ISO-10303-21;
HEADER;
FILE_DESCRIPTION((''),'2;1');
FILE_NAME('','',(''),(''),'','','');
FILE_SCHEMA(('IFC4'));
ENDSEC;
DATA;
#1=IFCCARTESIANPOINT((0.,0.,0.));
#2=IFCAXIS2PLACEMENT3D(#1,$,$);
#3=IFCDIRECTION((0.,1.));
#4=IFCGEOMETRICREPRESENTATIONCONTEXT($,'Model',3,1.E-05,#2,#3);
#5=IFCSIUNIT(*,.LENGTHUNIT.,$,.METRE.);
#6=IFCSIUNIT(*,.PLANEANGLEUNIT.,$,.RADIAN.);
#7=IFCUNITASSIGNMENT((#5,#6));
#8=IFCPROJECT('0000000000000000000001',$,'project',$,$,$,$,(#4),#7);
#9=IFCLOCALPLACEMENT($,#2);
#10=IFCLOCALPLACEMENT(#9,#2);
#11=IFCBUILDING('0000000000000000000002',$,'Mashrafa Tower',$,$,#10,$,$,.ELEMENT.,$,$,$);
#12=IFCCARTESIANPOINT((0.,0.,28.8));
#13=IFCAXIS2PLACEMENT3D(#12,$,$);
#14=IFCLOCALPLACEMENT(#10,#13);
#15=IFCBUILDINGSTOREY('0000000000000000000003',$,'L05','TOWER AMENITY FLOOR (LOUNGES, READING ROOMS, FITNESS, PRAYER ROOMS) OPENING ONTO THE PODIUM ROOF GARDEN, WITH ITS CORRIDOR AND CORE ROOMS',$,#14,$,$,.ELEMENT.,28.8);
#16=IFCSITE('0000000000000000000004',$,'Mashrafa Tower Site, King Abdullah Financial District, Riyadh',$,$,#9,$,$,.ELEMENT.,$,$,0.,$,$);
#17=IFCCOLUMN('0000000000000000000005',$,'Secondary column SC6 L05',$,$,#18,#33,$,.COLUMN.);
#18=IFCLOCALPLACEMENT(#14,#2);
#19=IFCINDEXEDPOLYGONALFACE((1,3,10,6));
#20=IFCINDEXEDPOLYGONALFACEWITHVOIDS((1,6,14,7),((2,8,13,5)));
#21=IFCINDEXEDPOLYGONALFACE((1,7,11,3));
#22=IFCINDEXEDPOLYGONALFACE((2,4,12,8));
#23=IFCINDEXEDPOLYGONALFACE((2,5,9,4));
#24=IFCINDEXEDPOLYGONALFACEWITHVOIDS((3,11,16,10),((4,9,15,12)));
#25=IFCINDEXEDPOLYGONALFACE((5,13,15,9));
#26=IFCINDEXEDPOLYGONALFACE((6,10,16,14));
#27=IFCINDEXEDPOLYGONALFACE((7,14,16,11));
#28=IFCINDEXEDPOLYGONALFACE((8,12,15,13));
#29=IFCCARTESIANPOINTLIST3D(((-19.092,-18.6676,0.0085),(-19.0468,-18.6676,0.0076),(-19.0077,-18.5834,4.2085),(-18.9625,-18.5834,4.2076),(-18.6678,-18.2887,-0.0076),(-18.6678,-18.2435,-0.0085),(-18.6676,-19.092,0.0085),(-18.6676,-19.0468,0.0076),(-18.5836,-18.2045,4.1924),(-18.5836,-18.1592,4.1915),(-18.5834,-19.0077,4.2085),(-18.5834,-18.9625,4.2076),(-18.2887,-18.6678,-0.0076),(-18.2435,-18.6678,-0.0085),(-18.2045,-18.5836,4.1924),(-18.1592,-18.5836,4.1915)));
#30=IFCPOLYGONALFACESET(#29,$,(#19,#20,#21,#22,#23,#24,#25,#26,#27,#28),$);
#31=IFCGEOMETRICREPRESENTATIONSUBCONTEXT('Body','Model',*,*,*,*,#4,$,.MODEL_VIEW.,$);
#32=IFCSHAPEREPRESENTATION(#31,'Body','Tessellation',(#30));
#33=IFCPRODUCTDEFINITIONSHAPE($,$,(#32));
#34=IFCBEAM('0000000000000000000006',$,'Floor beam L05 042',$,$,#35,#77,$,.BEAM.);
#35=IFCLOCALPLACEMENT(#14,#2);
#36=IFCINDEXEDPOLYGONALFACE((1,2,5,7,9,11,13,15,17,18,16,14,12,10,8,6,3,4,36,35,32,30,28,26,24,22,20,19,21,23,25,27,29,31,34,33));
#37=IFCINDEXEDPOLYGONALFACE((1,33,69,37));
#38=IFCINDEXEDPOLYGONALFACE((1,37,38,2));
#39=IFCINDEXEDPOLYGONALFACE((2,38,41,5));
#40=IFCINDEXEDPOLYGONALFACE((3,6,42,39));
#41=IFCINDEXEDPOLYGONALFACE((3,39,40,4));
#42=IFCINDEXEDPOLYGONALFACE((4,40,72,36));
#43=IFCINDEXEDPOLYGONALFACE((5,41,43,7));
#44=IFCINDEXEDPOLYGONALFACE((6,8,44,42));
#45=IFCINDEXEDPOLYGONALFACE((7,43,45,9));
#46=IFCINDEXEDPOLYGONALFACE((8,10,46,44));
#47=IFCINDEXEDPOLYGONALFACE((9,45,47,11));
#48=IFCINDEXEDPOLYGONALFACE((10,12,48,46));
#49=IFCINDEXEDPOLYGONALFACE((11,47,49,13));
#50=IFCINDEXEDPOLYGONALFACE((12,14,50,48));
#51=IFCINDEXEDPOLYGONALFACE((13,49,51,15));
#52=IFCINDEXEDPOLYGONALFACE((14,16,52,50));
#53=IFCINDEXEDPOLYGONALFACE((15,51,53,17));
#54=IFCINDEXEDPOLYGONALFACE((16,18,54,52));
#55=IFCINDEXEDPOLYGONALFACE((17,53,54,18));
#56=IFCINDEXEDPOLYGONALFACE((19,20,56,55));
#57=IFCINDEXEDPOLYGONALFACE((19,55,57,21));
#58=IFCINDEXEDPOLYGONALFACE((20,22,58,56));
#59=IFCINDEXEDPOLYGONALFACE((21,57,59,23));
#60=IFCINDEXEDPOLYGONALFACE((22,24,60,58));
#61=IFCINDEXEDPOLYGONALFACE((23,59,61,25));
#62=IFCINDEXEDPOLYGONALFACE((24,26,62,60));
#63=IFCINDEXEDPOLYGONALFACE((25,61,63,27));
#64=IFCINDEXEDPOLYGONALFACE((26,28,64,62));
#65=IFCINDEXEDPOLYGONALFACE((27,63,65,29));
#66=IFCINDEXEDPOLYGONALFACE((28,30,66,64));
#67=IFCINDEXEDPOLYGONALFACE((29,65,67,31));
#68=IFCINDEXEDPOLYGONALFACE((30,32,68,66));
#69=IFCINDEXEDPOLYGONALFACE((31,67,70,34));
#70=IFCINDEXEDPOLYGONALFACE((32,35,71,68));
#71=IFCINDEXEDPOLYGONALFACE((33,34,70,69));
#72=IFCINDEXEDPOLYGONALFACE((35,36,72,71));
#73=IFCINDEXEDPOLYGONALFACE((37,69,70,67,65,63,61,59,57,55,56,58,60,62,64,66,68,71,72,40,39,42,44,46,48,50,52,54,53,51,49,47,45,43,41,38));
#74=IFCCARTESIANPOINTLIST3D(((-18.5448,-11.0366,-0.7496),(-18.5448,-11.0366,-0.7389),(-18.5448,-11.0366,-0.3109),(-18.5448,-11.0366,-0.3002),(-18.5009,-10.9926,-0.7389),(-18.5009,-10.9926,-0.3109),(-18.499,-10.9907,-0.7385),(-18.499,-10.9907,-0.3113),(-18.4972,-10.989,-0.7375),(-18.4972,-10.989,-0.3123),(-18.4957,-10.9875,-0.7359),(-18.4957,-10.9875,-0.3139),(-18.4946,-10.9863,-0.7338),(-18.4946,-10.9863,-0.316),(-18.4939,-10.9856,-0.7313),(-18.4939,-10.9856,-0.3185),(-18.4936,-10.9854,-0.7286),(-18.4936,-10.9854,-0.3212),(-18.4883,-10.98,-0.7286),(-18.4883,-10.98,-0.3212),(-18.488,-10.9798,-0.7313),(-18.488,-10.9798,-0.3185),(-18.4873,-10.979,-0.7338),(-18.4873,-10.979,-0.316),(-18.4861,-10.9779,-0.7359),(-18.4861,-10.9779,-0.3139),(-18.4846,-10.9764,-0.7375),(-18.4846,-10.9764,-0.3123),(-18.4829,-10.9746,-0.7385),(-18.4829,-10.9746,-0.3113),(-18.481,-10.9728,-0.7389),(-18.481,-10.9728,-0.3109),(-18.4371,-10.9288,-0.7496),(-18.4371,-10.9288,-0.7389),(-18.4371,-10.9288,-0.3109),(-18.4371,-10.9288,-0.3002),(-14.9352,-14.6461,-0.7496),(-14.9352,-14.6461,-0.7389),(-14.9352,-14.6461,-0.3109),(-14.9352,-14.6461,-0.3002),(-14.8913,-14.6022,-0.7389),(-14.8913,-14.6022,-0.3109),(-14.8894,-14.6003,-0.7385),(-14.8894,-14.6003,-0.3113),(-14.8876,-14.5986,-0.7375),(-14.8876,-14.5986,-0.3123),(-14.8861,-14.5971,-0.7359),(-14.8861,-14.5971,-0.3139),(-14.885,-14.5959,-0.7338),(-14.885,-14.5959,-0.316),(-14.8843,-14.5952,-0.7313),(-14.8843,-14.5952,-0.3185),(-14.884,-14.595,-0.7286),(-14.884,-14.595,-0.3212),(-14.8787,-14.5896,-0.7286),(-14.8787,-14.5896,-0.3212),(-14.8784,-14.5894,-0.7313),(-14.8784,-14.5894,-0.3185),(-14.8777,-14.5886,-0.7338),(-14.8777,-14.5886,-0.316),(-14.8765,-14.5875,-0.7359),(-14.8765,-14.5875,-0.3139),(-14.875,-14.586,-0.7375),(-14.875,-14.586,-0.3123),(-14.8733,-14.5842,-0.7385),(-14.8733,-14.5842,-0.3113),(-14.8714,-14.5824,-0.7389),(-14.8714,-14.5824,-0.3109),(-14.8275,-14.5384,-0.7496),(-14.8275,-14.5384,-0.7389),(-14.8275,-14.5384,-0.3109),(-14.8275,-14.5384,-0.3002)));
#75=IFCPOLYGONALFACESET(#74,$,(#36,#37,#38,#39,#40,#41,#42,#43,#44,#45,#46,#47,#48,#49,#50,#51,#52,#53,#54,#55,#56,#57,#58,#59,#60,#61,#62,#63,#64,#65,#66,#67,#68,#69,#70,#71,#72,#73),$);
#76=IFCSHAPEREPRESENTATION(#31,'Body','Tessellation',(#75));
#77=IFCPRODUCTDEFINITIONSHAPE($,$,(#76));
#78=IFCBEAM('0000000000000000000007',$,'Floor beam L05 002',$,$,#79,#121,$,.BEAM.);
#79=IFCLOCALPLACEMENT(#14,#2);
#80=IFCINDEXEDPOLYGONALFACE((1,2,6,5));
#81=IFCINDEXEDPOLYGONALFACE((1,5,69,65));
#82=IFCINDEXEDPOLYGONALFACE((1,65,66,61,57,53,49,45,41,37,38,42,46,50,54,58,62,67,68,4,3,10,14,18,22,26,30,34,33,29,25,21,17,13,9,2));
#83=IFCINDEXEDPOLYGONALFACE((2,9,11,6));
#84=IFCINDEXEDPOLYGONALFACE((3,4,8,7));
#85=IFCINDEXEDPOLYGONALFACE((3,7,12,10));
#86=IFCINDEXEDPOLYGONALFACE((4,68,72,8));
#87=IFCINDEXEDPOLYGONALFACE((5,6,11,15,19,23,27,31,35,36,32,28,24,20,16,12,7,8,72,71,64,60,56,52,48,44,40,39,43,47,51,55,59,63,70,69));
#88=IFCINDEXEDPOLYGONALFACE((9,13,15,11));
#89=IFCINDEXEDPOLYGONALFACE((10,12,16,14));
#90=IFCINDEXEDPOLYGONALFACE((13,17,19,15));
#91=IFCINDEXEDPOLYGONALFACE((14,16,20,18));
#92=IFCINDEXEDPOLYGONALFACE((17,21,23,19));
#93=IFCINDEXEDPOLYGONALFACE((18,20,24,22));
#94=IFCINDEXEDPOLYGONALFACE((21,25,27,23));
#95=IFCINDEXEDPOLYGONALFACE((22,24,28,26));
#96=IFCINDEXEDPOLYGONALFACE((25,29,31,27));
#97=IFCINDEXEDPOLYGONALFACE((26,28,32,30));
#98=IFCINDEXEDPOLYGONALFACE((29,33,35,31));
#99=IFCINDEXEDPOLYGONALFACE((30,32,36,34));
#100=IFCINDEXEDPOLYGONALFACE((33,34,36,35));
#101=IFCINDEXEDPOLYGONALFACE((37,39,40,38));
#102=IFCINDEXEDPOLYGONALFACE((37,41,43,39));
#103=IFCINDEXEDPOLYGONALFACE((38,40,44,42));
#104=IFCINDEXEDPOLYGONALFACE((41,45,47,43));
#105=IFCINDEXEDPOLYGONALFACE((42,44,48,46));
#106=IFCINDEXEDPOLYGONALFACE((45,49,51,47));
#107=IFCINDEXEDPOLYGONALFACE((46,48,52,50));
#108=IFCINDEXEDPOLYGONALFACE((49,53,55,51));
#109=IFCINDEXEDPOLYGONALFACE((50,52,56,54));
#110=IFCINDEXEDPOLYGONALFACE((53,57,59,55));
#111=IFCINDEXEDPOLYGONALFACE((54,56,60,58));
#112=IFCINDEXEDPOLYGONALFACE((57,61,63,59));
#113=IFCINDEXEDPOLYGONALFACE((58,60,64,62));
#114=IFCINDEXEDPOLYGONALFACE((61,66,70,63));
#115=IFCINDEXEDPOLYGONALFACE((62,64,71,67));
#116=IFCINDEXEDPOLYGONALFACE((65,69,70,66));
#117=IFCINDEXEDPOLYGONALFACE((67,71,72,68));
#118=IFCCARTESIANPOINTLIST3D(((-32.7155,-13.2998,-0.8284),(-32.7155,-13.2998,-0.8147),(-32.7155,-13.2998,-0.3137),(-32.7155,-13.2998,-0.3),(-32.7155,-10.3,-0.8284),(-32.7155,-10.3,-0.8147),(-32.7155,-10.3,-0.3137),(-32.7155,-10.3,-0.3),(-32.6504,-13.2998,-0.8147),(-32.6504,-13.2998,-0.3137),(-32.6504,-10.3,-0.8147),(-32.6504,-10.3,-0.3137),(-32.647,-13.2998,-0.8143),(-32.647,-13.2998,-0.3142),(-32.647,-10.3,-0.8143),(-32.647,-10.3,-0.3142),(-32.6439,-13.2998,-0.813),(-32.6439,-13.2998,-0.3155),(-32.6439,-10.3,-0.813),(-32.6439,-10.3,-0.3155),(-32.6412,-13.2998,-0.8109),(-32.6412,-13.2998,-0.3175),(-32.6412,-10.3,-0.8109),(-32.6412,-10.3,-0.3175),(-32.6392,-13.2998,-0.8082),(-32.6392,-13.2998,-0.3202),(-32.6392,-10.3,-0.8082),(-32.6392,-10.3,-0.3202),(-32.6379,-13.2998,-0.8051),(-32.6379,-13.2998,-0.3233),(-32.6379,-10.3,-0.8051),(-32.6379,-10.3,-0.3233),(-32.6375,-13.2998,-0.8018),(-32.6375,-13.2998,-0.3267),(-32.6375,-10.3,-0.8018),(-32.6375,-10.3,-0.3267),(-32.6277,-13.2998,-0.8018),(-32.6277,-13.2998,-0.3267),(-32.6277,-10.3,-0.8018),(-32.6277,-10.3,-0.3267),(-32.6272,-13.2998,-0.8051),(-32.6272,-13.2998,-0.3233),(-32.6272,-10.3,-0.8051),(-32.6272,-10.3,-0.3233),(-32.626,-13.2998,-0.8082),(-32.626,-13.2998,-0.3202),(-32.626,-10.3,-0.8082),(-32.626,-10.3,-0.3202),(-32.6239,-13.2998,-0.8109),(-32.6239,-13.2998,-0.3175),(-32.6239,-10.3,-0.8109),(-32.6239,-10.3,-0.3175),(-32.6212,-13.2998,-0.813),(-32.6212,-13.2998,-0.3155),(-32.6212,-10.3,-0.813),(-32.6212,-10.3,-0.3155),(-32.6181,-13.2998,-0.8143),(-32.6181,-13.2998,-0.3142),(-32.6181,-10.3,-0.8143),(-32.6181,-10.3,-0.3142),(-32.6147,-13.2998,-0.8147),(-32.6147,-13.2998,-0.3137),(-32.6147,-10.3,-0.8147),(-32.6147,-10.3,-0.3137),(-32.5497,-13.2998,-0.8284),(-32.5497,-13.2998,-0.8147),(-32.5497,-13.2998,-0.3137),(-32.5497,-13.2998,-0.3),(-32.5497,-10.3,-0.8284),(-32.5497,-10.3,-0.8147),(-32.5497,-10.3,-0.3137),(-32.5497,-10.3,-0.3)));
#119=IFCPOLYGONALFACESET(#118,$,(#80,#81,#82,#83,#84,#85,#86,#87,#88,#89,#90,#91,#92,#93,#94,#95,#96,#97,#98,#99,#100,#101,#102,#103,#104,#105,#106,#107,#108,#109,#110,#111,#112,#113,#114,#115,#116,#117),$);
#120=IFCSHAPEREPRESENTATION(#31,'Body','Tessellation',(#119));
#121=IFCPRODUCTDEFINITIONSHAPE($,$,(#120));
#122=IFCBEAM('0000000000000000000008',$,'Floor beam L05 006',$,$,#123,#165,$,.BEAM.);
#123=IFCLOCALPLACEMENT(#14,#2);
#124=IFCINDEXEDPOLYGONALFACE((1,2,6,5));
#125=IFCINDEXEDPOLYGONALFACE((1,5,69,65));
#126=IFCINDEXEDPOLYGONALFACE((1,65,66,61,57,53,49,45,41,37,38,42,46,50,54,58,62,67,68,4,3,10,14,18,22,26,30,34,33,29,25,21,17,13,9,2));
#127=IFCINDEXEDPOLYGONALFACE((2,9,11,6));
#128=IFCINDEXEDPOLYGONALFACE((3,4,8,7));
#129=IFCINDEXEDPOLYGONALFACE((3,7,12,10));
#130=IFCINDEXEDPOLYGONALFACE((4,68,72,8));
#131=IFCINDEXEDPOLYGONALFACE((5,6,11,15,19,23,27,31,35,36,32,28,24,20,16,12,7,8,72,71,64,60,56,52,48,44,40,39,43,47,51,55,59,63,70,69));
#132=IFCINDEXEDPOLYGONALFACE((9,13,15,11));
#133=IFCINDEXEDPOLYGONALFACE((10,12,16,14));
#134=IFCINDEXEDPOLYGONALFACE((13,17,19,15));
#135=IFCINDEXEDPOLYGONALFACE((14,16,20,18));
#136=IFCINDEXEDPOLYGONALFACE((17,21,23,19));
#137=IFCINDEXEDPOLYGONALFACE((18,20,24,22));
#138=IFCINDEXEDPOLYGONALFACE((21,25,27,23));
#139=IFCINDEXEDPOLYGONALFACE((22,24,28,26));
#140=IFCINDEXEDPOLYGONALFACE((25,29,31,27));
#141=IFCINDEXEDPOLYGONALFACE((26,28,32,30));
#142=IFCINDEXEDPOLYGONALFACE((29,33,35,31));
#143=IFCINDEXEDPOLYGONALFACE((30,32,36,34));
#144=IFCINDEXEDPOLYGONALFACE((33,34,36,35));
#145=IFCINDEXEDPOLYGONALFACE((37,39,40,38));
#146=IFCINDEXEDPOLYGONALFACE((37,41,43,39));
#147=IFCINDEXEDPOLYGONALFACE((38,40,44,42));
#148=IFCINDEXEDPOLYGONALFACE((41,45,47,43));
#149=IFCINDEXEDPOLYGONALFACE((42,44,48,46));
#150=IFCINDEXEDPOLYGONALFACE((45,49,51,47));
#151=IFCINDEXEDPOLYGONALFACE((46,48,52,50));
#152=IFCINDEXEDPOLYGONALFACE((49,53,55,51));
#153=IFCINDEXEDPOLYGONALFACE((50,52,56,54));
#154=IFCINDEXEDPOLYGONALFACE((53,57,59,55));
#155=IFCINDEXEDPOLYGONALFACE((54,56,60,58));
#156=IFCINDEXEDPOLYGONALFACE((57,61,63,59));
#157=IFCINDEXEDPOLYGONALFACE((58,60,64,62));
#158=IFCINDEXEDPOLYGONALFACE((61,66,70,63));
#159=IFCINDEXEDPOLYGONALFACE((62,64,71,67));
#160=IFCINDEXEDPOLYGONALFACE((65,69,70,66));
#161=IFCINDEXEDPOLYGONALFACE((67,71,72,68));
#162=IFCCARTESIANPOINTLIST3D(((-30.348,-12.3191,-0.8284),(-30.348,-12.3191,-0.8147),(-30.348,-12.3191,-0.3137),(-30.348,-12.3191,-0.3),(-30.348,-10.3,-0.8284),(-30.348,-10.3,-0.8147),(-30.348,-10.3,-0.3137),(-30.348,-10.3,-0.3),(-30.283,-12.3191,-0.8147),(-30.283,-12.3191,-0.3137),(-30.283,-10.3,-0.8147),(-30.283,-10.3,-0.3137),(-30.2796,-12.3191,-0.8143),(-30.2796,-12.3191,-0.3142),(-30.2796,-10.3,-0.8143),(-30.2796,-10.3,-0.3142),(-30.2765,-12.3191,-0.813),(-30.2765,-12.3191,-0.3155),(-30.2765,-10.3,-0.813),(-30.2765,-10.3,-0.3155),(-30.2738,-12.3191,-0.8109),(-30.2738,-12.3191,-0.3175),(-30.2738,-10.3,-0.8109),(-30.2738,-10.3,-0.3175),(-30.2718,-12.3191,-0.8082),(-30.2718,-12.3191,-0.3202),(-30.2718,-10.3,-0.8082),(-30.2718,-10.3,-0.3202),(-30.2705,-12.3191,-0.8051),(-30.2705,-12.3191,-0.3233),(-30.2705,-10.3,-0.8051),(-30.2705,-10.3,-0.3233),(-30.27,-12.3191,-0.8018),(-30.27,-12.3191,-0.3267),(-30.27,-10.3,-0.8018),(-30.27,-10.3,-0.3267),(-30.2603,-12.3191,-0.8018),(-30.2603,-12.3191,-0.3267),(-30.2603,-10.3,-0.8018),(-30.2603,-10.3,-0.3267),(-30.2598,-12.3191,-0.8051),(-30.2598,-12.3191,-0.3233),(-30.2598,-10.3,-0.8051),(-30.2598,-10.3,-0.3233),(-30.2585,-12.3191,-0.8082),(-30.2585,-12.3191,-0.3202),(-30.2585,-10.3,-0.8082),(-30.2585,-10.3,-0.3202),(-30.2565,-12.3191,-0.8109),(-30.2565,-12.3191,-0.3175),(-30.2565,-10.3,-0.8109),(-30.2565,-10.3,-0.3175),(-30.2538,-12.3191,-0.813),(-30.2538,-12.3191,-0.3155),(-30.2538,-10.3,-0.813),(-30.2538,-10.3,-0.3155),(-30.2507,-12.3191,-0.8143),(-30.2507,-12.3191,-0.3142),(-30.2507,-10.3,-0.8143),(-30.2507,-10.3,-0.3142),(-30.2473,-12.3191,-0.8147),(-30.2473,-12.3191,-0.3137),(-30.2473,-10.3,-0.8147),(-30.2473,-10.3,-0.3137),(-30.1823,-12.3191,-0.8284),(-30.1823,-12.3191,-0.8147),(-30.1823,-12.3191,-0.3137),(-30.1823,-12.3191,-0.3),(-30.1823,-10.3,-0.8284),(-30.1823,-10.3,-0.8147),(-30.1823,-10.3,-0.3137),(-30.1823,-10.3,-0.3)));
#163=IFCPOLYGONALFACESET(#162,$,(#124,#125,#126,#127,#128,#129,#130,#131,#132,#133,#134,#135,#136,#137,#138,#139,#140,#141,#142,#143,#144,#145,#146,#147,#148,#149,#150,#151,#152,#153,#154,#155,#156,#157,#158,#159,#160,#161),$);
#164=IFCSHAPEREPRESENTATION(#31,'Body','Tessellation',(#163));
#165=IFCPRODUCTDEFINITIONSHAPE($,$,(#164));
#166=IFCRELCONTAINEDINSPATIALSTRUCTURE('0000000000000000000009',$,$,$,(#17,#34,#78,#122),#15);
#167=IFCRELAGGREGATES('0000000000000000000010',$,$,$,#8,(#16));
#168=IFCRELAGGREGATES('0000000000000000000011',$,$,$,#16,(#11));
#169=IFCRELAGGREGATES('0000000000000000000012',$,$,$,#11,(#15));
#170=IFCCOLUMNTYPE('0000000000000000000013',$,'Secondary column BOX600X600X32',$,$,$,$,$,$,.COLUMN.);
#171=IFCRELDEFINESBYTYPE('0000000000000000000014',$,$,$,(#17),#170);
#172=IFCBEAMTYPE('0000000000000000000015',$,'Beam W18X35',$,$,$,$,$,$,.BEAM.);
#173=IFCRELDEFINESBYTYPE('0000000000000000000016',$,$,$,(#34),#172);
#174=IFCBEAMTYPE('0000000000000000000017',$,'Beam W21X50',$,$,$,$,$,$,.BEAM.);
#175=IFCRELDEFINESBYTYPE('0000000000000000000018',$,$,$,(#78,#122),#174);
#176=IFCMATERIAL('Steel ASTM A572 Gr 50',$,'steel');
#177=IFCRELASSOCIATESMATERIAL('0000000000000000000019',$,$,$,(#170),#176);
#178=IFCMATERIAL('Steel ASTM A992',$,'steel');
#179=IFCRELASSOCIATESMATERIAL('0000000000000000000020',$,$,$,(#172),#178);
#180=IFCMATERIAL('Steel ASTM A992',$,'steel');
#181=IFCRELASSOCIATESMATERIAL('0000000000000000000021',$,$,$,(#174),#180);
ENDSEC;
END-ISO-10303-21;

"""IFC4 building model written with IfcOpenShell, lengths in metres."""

from ifc_helpers import new_model, si_unit, direction, frame, origin, origin_2d, place, context, subcontext, project, spatial, hollow_rectangle, i_section, extrude, material, material_profile, profile_set, type_object, element, save


model = new_model("IFC4")

# Units and contexts
model_context = context("Model", 3, precision=1e-05, world=origin(), true_north=direction((0.0, 1.0)))
body_context = subcontext(model_context, "Body", "Model", "MODEL_VIEW")
ifc_project = project(units=[si_unit("LENGTHUNIT", "METRE"), si_unit("PLANEANGLEUNIT", "RADIAN")], contexts=[model_context])

# Site, building, storey
site_placement = place(None, origin())
site = spatial("IfcSite", under=ifc_project, at=site_placement, Name="Mashrafa Tower Site, King Abdullah Financial District, Riyadh", CompositionType="ELEMENT", RefElevation=0.0)
building_placement = place(site_placement, origin())
building = spatial("IfcBuilding", under=site, at=building_placement, Name="Mashrafa Tower", CompositionType="ELEMENT")
storey_placement = place(building_placement, frame((0.0, 0.0, 28.8)))
storey = spatial("IfcBuildingStorey", under=building, at=storey_placement, Name="L05", Description="TOWER AMENITY FLOOR (LOUNGES, READING ROOMS, FITNESS, PRAYER ROOMS) OPENING ONTO THE PODIUM ROOF GARDEN, WITH ITS CORRIDOR AND CORE ROOMS", CompositionType="ELEMENT", Elevation=28.8)

# Column
ifc_material_1 = material(Name="Steel ASTM A572 Gr 50", Category="steel")
ifc_material_profile_1 = material_profile(ifc_material_1, hollow_rectangle(XDim=0.6001, YDim=0.6001, WallThickness=0.032, at=origin_2d()), Name="BOX600X600X32")
ifc_profile_set_1 = profile_set([ifc_material_profile_1], Name="Steel ASTM A572 Gr 50")
column_type = type_object("IfcColumnType", Name="Secondary column BOX600X600X32", PredefinedType="COLUMN", material=ifc_profile_set_1)
column_placement = place(storey_placement, frame((-18.6677, -18.6677, 0.0), z_axis=(0.020047, 0.020047, 0.999598), x_axis=(-0.707107, 0.707107, 0.0)))
element("IfcColumn", 1, at=column_placement, inside=storey, type_object=column_type, Name="Secondary column SC6 L05", PredefinedType="COLUMN", context=body_context, shape_type="SweptSolid", body=[
    extrude(hollow_rectangle(XDim=0.6001, YDim=0.6001, WallThickness=0.032, at=origin_2d()), origin(), (0.0, 0.0, 1.0), 4.2017),
])

# Beams
ifc_material_2 = material(Name="Steel ASTM A992", Category="steel")
ifc_material_profile_2 = material_profile(ifc_material_2, i_section(OverallWidth=0.1523, OverallDepth=0.4495, WebThickness=0.0076, FlangeThickness=0.0107, FilletRadius=0.0103, at=origin_2d()), Name="W18X35")
ifc_profile_set_2 = profile_set([ifc_material_profile_2], Name="Steel ASTM A992")
beam_type_1 = type_object("IfcBeamType", Name="Beam W18X35", PredefinedType="BEAM", material=ifc_profile_set_2)
beam_1_placement = place(storey_placement, frame((-14.8813, -14.5923, -0.5249), z_axis=(-0.707107, 0.707107, 0.0), x_axis=(-0.707107, -0.707107, 0.0)))
element("IfcBeam", 2, at=beam_1_placement, inside=storey, type_object=beam_type_1, Name="Floor beam L05 042", PredefinedType="BEAM", context=body_context, shape_type="SweptSolid", body=[
    extrude(i_section(OverallWidth=0.1523, OverallDepth=0.4495, WebThickness=0.0076, FlangeThickness=0.0107, FilletRadius=0.0103, at=origin_2d()), origin(), (0.0, 0.0, 1.0), 5.1047),
])
ifc_material_3 = material(Name="Steel ASTM A992", Category="steel")
ifc_material_profile_3 = material_profile(ifc_material_3, i_section(OverallWidth=0.1658, OverallDepth=0.5283, WebThickness=0.0098, FlangeThickness=0.0137, FilletRadius=0.0129, at=origin_2d()), Name="W21X50")
ifc_profile_set_3 = profile_set([ifc_material_profile_3], Name="Steel ASTM A992")
beam_type_2 = type_object("IfcBeamType", Name="Beam W21X50", PredefinedType="BEAM", material=ifc_profile_set_3)
beam_2_placement = place(storey_placement, frame((-32.6326, -13.2998, -0.5642), z_axis=(0.0, 1.0, 0.0), x_axis=(-1.0, 0.0, 0.0)))
element("IfcBeam", 3, at=beam_2_placement, inside=storey, type_object=beam_type_2, Name="Floor beam L05 002", PredefinedType="BEAM", context=body_context, shape_type="SweptSolid", body=[
    extrude(i_section(OverallWidth=0.1658, OverallDepth=0.5283, WebThickness=0.0098, FlangeThickness=0.0137, FilletRadius=0.0129, at=origin_2d()), origin(), (0.0, 0.0, 1.0), 2.9998),
])
beam_3_placement = place(storey_placement, frame((-30.2651, -12.3191, -0.5642), z_axis=(0.0, 1.0, 0.0), x_axis=(-1.0, 0.0, 0.0)))
element("IfcBeam", 4, at=beam_3_placement, inside=storey, type_object=beam_type_2, Name="Floor beam L05 006", PredefinedType="BEAM", context=body_context, shape_type="SweptSolid", body=[
    extrude(i_section(OverallWidth=0.1658, OverallDepth=0.5283, WebThickness=0.0098, FlangeThickness=0.0137, FilletRadius=0.0129, at=origin_2d()), origin(), (0.0, 0.0, 1.0), 2.019),
])

save(model, "model.ifc")
